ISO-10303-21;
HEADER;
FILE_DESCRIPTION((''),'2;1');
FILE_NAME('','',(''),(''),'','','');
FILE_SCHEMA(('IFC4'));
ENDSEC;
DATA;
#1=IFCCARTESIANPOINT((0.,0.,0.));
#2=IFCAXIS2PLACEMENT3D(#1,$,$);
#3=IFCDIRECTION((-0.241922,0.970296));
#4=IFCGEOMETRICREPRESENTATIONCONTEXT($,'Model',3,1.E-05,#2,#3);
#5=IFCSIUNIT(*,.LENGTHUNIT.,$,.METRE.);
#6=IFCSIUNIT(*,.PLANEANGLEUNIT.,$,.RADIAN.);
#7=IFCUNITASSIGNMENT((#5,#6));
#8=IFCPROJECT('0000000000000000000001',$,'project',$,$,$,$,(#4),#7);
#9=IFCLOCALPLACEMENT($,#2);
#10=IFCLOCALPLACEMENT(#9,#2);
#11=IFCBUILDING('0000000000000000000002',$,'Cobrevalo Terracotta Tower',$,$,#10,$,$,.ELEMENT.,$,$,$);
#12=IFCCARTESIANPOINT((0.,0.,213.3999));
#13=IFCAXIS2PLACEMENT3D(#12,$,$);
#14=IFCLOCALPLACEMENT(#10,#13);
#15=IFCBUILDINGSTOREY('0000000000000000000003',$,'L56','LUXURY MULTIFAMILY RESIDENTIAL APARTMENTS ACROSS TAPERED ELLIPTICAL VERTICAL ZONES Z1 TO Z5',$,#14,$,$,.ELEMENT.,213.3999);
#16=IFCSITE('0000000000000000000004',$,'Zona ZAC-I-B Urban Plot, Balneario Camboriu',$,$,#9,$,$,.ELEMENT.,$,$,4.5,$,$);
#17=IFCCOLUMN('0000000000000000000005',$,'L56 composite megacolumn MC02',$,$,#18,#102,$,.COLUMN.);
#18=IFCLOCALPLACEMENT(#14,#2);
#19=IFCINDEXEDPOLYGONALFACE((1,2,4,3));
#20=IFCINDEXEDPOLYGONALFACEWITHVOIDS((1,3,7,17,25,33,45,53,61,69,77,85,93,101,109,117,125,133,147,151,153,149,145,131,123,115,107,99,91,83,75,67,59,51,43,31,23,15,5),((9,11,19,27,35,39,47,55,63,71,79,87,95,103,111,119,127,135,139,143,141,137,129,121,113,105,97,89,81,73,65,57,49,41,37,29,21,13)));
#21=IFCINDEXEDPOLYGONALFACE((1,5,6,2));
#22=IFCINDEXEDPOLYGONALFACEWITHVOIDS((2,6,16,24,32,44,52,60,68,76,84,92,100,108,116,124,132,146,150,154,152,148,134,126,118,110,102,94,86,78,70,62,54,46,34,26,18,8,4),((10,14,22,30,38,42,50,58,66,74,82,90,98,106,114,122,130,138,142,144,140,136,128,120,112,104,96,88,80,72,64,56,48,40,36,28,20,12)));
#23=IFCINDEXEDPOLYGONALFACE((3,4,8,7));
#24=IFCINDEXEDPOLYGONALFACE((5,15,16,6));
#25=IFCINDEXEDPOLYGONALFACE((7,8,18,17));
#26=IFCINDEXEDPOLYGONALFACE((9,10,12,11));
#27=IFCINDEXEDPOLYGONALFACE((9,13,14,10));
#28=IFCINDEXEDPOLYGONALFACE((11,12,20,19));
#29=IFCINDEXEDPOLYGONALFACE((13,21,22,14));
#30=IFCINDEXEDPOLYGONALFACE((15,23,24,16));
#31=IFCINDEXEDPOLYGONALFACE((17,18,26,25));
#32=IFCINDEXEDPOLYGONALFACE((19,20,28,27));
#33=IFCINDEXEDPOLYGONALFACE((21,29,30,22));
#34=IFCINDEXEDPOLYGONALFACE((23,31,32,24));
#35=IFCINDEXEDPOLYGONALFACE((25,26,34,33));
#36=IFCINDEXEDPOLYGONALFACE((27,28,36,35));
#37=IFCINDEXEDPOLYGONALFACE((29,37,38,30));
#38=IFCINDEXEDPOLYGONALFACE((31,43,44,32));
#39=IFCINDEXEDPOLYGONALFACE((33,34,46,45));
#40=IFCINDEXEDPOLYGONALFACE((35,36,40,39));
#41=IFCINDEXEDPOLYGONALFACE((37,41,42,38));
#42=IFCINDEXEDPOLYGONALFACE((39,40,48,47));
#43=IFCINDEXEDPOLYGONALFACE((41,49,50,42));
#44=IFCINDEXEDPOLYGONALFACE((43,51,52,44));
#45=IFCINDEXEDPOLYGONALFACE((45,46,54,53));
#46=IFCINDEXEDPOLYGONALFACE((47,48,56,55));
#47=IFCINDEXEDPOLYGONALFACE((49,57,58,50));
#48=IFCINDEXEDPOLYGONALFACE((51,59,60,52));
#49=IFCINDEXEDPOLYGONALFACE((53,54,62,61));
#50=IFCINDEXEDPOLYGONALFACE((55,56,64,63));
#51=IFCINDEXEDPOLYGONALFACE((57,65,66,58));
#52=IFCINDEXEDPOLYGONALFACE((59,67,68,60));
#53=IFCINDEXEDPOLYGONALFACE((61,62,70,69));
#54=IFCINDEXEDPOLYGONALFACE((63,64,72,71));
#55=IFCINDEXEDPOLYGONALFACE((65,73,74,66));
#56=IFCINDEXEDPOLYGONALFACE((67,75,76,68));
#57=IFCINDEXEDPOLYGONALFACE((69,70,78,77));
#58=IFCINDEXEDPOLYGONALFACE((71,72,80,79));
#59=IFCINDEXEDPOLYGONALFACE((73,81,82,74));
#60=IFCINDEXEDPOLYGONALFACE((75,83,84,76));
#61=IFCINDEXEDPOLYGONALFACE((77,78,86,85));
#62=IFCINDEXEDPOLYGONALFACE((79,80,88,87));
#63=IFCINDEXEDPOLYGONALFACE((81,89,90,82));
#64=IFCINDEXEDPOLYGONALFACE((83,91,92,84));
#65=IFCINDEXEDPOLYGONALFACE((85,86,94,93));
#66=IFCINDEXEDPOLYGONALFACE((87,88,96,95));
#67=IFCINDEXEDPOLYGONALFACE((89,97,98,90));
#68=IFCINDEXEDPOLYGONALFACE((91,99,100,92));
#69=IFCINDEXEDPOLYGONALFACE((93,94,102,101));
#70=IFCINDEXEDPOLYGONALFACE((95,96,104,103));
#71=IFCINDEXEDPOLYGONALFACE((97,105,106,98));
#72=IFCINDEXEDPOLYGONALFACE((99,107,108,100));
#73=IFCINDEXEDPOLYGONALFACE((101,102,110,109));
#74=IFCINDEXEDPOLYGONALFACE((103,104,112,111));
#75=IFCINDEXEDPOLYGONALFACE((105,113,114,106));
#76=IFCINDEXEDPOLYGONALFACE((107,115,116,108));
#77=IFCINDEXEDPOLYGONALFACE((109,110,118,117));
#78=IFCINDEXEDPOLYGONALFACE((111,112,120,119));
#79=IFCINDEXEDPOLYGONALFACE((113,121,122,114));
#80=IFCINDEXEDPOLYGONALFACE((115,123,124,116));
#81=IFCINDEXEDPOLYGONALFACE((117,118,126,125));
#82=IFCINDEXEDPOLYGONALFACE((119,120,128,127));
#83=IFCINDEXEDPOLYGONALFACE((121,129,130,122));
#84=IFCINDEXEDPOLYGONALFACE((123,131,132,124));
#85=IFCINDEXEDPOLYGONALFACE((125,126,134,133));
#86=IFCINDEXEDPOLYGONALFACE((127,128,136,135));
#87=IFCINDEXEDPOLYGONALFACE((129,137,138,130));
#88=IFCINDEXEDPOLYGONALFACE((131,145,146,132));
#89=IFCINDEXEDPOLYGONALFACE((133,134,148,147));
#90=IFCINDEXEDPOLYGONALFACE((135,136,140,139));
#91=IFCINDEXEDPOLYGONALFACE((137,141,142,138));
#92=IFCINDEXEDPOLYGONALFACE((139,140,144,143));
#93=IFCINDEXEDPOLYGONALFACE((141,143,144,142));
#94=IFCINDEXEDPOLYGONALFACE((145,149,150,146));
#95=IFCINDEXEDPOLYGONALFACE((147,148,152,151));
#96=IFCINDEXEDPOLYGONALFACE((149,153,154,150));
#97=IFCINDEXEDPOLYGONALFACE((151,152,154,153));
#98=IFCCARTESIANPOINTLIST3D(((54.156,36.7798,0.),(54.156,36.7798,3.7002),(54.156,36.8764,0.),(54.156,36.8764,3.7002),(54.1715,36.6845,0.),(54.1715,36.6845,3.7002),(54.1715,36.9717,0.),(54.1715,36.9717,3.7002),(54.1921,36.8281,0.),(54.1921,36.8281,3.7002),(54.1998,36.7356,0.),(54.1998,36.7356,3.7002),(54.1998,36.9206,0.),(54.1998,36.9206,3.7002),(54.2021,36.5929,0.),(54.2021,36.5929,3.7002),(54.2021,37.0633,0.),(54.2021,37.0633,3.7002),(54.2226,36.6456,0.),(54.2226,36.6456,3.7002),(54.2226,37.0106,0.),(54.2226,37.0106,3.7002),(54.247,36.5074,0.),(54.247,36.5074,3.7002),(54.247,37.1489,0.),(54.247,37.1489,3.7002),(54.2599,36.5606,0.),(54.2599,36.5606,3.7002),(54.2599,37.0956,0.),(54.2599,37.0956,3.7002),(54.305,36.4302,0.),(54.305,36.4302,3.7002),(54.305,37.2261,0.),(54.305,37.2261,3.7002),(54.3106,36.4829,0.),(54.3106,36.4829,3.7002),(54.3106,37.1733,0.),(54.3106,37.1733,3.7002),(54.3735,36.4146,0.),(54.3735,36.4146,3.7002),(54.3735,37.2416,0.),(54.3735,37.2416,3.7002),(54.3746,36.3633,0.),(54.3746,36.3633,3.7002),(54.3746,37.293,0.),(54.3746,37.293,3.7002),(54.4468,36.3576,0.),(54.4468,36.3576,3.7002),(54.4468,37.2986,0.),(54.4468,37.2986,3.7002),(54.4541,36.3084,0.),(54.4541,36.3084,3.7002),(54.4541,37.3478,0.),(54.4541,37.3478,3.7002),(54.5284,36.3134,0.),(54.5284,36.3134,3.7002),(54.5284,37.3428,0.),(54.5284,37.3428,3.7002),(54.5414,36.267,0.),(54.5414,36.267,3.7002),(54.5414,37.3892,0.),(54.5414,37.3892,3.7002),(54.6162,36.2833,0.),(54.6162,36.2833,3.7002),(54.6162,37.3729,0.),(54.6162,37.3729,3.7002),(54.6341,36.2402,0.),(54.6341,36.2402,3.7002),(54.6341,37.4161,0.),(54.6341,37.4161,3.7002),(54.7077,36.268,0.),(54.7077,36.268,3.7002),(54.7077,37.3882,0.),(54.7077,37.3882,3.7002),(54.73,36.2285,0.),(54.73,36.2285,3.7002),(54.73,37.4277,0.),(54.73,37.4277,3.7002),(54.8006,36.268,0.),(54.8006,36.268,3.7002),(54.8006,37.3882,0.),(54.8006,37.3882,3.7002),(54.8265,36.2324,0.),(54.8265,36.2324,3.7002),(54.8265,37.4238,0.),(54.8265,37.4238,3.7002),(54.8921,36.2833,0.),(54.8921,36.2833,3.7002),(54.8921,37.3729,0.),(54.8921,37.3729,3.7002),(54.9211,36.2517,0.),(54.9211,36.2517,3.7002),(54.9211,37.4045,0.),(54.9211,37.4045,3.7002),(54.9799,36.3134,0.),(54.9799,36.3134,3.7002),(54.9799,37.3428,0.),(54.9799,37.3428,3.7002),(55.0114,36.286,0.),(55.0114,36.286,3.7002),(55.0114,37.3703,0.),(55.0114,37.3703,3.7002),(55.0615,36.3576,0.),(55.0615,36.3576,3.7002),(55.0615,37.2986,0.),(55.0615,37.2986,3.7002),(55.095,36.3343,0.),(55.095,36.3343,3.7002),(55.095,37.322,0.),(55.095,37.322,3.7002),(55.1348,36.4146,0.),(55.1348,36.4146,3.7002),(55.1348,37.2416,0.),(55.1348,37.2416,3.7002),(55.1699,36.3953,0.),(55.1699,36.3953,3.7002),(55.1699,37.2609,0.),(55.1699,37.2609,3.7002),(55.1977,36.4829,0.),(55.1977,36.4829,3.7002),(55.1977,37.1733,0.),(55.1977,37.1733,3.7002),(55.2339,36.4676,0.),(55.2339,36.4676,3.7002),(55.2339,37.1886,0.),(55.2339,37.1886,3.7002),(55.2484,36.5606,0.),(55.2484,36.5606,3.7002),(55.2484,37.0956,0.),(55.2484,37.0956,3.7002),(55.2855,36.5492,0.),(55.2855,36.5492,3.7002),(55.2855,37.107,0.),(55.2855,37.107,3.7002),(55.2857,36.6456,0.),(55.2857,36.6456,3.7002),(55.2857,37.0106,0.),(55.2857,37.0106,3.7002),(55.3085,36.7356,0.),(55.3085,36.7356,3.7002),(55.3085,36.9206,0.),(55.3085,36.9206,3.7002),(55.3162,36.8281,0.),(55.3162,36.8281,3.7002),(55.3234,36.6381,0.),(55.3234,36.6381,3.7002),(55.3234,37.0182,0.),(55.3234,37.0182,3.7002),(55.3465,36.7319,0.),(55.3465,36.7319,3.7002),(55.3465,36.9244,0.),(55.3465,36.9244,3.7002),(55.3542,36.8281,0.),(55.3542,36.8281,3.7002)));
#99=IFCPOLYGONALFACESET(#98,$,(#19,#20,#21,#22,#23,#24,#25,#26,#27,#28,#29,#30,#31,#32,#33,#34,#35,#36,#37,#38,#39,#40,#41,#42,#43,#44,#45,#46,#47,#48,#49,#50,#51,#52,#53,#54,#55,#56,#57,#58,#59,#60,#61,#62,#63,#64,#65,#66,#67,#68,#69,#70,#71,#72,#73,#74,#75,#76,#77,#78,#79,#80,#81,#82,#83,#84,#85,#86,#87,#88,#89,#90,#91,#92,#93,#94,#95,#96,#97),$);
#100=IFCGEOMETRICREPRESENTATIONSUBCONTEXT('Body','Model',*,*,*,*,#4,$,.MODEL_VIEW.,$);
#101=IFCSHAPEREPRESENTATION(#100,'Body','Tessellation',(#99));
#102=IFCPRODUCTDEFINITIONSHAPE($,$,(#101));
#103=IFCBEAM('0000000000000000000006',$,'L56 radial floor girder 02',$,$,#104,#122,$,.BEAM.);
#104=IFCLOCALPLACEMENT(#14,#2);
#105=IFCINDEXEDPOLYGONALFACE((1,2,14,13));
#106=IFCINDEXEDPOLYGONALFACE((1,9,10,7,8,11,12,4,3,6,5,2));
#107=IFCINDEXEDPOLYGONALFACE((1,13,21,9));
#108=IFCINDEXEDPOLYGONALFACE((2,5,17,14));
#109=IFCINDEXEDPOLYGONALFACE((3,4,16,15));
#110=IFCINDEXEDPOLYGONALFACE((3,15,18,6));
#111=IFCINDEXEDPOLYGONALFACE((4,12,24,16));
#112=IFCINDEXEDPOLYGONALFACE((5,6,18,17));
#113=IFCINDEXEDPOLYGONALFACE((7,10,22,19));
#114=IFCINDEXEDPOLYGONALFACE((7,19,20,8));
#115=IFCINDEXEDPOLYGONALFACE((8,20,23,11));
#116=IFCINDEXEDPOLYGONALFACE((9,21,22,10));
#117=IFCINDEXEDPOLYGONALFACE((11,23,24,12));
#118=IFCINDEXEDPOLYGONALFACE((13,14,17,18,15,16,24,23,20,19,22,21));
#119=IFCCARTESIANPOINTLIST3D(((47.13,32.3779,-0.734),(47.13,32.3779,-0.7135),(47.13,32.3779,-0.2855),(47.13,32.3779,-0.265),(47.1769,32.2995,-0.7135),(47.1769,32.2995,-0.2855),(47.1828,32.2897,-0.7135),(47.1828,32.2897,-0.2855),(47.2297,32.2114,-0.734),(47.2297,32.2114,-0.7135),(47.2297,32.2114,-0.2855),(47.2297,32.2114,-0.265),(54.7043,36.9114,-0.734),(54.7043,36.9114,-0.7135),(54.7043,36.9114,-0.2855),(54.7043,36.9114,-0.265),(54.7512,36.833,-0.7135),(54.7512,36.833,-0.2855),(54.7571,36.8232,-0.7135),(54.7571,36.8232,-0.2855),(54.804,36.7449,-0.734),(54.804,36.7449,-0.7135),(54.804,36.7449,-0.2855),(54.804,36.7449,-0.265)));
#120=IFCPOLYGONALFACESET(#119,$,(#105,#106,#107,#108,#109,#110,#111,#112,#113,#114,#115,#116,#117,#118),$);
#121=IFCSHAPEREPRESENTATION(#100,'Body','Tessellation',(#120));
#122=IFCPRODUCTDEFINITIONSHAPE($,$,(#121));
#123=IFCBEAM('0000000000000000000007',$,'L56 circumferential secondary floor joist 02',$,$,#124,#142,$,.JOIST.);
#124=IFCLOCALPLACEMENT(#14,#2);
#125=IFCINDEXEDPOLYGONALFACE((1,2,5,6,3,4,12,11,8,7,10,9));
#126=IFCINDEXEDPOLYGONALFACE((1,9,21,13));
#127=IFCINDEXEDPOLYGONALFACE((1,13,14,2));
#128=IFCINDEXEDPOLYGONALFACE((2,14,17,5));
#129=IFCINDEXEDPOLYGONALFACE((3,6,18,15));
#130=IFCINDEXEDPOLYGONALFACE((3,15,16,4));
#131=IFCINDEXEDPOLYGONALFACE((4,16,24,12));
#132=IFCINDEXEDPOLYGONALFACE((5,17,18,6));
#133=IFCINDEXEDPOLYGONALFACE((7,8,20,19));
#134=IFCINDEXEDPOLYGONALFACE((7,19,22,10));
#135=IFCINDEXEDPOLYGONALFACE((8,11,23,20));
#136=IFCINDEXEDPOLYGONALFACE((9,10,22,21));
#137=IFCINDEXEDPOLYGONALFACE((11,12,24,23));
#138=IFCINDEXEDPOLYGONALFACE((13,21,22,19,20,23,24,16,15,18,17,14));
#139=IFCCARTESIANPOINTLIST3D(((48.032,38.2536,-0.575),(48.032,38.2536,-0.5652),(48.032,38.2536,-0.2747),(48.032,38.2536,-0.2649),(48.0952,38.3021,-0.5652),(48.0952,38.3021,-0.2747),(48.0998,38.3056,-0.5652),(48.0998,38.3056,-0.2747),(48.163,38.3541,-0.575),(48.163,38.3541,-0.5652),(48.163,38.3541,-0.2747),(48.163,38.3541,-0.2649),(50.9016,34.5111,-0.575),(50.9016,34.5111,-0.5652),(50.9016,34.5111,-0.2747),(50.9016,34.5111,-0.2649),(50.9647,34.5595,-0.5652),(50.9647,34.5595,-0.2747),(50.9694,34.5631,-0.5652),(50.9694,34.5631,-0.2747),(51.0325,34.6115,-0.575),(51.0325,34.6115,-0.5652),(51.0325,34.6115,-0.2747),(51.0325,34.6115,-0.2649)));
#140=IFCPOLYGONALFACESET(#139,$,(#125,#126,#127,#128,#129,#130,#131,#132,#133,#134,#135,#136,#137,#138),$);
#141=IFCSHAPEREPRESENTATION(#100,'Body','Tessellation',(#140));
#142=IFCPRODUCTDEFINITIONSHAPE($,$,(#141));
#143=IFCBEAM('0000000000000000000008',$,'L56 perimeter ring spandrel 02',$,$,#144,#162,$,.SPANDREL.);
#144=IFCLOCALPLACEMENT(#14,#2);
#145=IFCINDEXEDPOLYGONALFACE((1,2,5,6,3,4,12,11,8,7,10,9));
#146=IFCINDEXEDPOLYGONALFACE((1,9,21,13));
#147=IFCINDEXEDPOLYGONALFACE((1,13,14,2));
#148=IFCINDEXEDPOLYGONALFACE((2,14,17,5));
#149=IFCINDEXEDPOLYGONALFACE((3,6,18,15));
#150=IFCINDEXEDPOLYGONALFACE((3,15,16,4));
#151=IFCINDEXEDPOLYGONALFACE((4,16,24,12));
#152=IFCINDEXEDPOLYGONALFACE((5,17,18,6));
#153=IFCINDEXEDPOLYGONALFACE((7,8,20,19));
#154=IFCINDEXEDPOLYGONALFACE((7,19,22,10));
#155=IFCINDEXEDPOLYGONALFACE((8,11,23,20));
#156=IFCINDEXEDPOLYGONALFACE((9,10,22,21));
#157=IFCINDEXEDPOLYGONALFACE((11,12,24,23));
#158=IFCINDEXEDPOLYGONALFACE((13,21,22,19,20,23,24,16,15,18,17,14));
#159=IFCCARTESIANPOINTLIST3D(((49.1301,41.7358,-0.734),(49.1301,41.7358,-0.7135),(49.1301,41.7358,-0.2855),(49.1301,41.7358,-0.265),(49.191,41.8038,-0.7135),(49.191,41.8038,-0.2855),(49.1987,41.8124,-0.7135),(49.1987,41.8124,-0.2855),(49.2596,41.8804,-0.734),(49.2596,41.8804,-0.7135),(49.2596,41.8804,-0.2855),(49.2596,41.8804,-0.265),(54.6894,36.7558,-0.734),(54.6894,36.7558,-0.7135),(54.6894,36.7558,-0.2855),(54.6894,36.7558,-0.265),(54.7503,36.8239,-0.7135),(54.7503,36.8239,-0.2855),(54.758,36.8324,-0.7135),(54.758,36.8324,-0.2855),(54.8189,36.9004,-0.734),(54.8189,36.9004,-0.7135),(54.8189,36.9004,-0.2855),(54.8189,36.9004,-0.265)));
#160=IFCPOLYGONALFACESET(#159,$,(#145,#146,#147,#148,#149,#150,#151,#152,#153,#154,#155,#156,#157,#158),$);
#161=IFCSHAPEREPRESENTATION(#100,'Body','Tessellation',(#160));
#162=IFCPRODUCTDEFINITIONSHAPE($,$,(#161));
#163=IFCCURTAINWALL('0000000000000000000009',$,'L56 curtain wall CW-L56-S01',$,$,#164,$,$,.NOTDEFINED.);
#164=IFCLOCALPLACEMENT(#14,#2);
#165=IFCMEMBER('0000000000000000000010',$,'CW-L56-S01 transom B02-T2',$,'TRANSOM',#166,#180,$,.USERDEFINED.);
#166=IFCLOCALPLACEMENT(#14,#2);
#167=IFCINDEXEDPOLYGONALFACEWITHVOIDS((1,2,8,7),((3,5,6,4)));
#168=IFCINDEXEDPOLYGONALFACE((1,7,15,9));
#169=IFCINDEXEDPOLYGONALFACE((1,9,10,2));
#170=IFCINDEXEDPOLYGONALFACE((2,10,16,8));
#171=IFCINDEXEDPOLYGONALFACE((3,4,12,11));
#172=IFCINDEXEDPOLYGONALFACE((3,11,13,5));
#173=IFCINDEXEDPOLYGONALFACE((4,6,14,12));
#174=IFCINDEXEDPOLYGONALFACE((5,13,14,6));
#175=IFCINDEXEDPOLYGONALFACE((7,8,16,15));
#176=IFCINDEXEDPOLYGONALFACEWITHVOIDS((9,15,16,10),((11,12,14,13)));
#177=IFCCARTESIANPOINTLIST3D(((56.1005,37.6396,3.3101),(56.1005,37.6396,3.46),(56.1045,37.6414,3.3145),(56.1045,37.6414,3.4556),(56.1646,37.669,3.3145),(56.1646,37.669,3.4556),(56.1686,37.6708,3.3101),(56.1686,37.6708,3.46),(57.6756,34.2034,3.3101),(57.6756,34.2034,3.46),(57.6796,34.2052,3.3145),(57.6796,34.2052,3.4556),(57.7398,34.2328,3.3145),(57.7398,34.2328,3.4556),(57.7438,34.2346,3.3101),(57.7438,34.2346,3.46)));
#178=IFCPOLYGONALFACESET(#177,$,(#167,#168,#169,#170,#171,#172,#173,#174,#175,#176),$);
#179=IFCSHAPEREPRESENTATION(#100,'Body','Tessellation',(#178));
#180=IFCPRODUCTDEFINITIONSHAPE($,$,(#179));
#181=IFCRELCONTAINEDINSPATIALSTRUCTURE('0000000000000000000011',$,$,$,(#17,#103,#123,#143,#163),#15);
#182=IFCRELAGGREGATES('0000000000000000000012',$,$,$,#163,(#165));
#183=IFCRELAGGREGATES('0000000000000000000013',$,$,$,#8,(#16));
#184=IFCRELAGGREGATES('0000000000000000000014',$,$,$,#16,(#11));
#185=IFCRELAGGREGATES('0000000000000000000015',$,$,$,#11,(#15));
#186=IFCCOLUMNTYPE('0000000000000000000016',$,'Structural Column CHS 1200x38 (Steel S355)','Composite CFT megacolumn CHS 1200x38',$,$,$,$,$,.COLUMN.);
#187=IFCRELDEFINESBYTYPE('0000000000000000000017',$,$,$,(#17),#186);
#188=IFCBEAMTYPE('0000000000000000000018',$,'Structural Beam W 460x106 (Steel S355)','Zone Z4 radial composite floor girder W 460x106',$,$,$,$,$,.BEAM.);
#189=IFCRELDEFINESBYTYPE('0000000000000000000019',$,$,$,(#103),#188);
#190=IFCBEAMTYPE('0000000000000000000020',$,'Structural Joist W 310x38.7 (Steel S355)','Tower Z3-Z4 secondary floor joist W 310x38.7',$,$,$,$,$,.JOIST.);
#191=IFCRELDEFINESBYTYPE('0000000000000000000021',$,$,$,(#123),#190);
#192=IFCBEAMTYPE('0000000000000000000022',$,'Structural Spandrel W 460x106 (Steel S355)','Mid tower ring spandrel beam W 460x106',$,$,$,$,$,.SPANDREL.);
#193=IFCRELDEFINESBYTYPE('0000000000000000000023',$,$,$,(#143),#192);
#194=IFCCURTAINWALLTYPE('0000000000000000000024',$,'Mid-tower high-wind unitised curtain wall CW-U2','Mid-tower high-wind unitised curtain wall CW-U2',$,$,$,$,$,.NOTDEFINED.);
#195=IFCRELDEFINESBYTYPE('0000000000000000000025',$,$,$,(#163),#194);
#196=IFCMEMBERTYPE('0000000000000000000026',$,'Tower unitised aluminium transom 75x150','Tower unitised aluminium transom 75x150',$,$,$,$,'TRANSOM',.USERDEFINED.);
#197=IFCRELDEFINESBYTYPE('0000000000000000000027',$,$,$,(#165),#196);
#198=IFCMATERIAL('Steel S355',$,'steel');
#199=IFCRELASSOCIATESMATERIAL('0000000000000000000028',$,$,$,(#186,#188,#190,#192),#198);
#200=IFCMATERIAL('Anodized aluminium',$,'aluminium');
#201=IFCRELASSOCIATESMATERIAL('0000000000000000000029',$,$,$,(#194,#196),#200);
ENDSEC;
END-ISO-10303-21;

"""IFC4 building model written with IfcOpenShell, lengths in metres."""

from ifc_helpers import new_model, si_unit, direction, frame, origin, origin_2d, place, context, subcontext, project, spatial, hollow_rectangle, hollow_circle, i_section, extrude, source, transform, mapped, material, material_profile, profile_set, type_object, element, aggregate, save


model = new_model("IFC4")

# Units and contexts
model_context = context("Model", 3, precision=1e-05, world=origin(), true_north=direction((-0.241922, 0.970296)))
body_context = subcontext(model_context, "Body", "Model", "MODEL_VIEW")
ifc_project = project(units=[si_unit("LENGTHUNIT", "METRE"), si_unit("PLANEANGLEUNIT", "RADIAN")], contexts=[model_context])

# Site, building, storey
site_placement = place(None, origin())
site = spatial("IfcSite", under=ifc_project, at=site_placement, Name="Zona ZAC-I-B Urban Plot, Balneario Camboriu", CompositionType="ELEMENT", RefElevation=4.5)
building_placement = place(site_placement, origin())
building = spatial("IfcBuilding", under=site, at=building_placement, Name="Cobrevalo Terracotta Tower", CompositionType="ELEMENT")
storey_placement = place(building_placement, frame((0.0, 0.0, 213.3999)))
storey = spatial("IfcBuildingStorey", under=building, at=storey_placement, Name="L56", Description="LUXURY MULTIFAMILY RESIDENTIAL APARTMENTS ACROSS TAPERED ELLIPTICAL VERTICAL ZONES Z1 TO Z5", CompositionType="ELEMENT", Elevation=213.3999)

# Column
ifc_material_1 = material(Name="Steel S355", Category="steel")
ifc_material_profile_1 = material_profile(ifc_material_1, hollow_circle(Radius=0.6001, WallThickness=0.0381, at=origin_2d()), Name="CHS 1200x38")
ifc_profile_set_1 = profile_set([ifc_material_profile_1], Name="Steel S355")
column_type = type_object("IfcColumnType", Name="Structural Column CHS 1200x38 (Steel S355)", Description="Composite CFT megacolumn CHS 1200x38", PredefinedType="COLUMN", material=ifc_profile_set_1)
column_placement = place(storey_placement, frame((54.7542, 36.8281, 0.0), z_axis=(0.0, 0.0, 1.0), x_axis=(1.0, 0.0, 0.0)))
element("IfcColumn", 1, at=column_placement, inside=storey, type_object=column_type, Name="L56 composite megacolumn MC02", PredefinedType="COLUMN", context=body_context, shape_type="SweptSolid", body=[
    extrude(hollow_circle(Radius=0.6001, WallThickness=0.0381, at=origin_2d()), origin(), (0.0, 0.0, 1.0), 3.7002),
])

# Beams
ifc_material_profile_2 = material_profile(ifc_material_1, i_section(OverallWidth=0.1941, OverallDepth=0.469, WebThickness=0.0115, FlangeThickness=0.0205, at=origin_2d()), Name="W 460x106")
ifc_profile_set_2 = profile_set([ifc_material_profile_2], Name="Steel S355")
beam_type_1 = type_object("IfcBeamType", Name="Structural Beam W 460x106 (Steel S355)", Description="Zone Z4 radial composite floor girder W 460x106", PredefinedType="BEAM", material=ifc_profile_set_2)
beam_1_placement = place(storey_placement, frame((54.7542, 36.8281, -0.4995), z_axis=(-0.858046, -0.513572, 0.0), x_axis=(0.513572, -0.858046, 0.0)))
element("IfcBeam", 2, at=beam_1_placement, inside=storey, type_object=beam_type_1, Name="L56 radial floor girder 02", PredefinedType="BEAM", context=body_context, shape_type="SweptSolid", body=[
    extrude(i_section(OverallWidth=0.1941, OverallDepth=0.469, WebThickness=0.0115, FlangeThickness=0.0205, at=origin_2d()), origin(), (0.0, 0.0, 1.0), 8.8274),
])
ifc_material_profile_3 = material_profile(ifc_material_1, i_section(OverallWidth=0.165, OverallDepth=0.3101, WebThickness=0.0059, FlangeThickness=0.0098, at=origin_2d()), Name="W 310x38.7")
ifc_profile_set_3 = profile_set([ifc_material_profile_3], Name="Steel S355")
beam_type_2 = type_object("IfcBeamType", Name="Structural Joist W 310x38.7 (Steel S355)", Description="Tower Z3-Z4 secondary floor joist W 310x38.7", PredefinedType="JOIST", material=ifc_profile_set_3)
beam_2_placement = place(storey_placement, frame((50.967, 34.5613, -0.4199), z_axis=(-0.608464, 0.793581, 0.0), x_axis=(-0.793581, -0.608464, 0.0)))
element("IfcBeam", 3, at=beam_2_placement, inside=storey, type_object=beam_type_2, Name="L56 circumferential secondary floor joist 02", PredefinedType="JOIST", context=body_context, shape_type="SweptSolid", body=[
    extrude(i_section(OverallWidth=0.165, OverallDepth=0.3101, WebThickness=0.0059, FlangeThickness=0.0098, at=origin_2d()), origin(), (0.0, 0.0, 1.0), 4.7161),
])
ifc_material_profile_4 = material_profile(ifc_material_1, i_section(OverallWidth=0.1941, OverallDepth=0.469, WebThickness=0.0115, FlangeThickness=0.0205, at=origin_2d()), Name="W 460x106")
ifc_profile_set_4 = profile_set([ifc_material_profile_4], Name="Steel S355")
beam_type_3 = type_object("IfcBeamType", Name="Structural Spandrel W 460x106 (Steel S355)", Description="Mid tower ring spandrel beam W 460x106", PredefinedType="SPANDREL", material=ifc_profile_set_4)
beam_3_placement = place(storey_placement, frame((54.7542, 36.8281, -0.4995), z_axis=(-0.744852, 0.66723, 0.0), x_axis=(-0.66723, -0.744852, 0.0)))
element("IfcBeam", 4, at=beam_3_placement, inside=storey, type_object=beam_type_3, Name="L56 perimeter ring spandrel 02", PredefinedType="SPANDREL", context=body_context, shape_type="SweptSolid", body=[
    extrude(i_section(OverallWidth=0.1941, OverallDepth=0.469, WebThickness=0.0115, FlangeThickness=0.0205, at=origin_2d()), origin(), (0.0, 0.0, 1.0), 7.4636),
])

# Curtain wall, member
ifc_material_2 = material(Name="Anodized aluminium", Category="aluminium")
curtain_wall_type = type_object("IfcCurtainWallType", Name="Mid-tower high-wind unitised curtain wall CW-U2", Description="Mid-tower high-wind unitised curtain wall CW-U2", PredefinedType="NOTDEFINED", material=ifc_material_2)
curtain_wall_1_placement = place(storey_placement, origin())
curtain_wall_1 = element("IfcCurtainWall", 5, at=curtain_wall_1_placement, inside=storey, type_object=curtain_wall_type, Name="L56 curtain wall CW-L56-S01", PredefinedType="NOTDEFINED")
ifc_material_profile_5 = material_profile(ifc_material_2, hollow_rectangle(XDim=0.075, YDim=0.1499, WallThickness=0.0044, at=origin_2d()), Name="CWT 75x150")
ifc_profile_set_5 = profile_set([ifc_material_profile_5], Name="Anodized aluminium")
member_type_1 = type_object("IfcMemberType", Name="Tower unitised aluminium transom 75x150", Description="Tower unitised aluminium transom 75x150", ElementType="TRANSOM", PredefinedType="USERDEFINED", material=ifc_profile_set_5)
shared_shape_1 = source(origin(), body_context, "Body", "SweptSolid", [
    extrude(hollow_rectangle(XDim=0.075, YDim=0.1499, WallThickness=0.0044, at=origin_2d()), origin(), (0.0, 0.0, 1.0), 3.78),
])
member_1_placement = place(storey_placement, frame((57.7097, 34.219, 3.385), z_axis=(-0.416706, 0.909041, 0.0), x_axis=(-0.909041, -0.416706, 0.0)))
member_1 = element("IfcMember", 6, at=member_1_placement, type_object=member_type_1, Name="CW-L56-S01 transom B02-T2", ObjectType="TRANSOM", PredefinedType="USERDEFINED", context=body_context, shape_type="MappedRepresentation", body=[
    mapped(shared_shape_1, transform((0.0, 0.0, 0.0), scale=1.0)),
])

aggregate(curtain_wall_1, [member_1])

save(model, "model.ifc")
